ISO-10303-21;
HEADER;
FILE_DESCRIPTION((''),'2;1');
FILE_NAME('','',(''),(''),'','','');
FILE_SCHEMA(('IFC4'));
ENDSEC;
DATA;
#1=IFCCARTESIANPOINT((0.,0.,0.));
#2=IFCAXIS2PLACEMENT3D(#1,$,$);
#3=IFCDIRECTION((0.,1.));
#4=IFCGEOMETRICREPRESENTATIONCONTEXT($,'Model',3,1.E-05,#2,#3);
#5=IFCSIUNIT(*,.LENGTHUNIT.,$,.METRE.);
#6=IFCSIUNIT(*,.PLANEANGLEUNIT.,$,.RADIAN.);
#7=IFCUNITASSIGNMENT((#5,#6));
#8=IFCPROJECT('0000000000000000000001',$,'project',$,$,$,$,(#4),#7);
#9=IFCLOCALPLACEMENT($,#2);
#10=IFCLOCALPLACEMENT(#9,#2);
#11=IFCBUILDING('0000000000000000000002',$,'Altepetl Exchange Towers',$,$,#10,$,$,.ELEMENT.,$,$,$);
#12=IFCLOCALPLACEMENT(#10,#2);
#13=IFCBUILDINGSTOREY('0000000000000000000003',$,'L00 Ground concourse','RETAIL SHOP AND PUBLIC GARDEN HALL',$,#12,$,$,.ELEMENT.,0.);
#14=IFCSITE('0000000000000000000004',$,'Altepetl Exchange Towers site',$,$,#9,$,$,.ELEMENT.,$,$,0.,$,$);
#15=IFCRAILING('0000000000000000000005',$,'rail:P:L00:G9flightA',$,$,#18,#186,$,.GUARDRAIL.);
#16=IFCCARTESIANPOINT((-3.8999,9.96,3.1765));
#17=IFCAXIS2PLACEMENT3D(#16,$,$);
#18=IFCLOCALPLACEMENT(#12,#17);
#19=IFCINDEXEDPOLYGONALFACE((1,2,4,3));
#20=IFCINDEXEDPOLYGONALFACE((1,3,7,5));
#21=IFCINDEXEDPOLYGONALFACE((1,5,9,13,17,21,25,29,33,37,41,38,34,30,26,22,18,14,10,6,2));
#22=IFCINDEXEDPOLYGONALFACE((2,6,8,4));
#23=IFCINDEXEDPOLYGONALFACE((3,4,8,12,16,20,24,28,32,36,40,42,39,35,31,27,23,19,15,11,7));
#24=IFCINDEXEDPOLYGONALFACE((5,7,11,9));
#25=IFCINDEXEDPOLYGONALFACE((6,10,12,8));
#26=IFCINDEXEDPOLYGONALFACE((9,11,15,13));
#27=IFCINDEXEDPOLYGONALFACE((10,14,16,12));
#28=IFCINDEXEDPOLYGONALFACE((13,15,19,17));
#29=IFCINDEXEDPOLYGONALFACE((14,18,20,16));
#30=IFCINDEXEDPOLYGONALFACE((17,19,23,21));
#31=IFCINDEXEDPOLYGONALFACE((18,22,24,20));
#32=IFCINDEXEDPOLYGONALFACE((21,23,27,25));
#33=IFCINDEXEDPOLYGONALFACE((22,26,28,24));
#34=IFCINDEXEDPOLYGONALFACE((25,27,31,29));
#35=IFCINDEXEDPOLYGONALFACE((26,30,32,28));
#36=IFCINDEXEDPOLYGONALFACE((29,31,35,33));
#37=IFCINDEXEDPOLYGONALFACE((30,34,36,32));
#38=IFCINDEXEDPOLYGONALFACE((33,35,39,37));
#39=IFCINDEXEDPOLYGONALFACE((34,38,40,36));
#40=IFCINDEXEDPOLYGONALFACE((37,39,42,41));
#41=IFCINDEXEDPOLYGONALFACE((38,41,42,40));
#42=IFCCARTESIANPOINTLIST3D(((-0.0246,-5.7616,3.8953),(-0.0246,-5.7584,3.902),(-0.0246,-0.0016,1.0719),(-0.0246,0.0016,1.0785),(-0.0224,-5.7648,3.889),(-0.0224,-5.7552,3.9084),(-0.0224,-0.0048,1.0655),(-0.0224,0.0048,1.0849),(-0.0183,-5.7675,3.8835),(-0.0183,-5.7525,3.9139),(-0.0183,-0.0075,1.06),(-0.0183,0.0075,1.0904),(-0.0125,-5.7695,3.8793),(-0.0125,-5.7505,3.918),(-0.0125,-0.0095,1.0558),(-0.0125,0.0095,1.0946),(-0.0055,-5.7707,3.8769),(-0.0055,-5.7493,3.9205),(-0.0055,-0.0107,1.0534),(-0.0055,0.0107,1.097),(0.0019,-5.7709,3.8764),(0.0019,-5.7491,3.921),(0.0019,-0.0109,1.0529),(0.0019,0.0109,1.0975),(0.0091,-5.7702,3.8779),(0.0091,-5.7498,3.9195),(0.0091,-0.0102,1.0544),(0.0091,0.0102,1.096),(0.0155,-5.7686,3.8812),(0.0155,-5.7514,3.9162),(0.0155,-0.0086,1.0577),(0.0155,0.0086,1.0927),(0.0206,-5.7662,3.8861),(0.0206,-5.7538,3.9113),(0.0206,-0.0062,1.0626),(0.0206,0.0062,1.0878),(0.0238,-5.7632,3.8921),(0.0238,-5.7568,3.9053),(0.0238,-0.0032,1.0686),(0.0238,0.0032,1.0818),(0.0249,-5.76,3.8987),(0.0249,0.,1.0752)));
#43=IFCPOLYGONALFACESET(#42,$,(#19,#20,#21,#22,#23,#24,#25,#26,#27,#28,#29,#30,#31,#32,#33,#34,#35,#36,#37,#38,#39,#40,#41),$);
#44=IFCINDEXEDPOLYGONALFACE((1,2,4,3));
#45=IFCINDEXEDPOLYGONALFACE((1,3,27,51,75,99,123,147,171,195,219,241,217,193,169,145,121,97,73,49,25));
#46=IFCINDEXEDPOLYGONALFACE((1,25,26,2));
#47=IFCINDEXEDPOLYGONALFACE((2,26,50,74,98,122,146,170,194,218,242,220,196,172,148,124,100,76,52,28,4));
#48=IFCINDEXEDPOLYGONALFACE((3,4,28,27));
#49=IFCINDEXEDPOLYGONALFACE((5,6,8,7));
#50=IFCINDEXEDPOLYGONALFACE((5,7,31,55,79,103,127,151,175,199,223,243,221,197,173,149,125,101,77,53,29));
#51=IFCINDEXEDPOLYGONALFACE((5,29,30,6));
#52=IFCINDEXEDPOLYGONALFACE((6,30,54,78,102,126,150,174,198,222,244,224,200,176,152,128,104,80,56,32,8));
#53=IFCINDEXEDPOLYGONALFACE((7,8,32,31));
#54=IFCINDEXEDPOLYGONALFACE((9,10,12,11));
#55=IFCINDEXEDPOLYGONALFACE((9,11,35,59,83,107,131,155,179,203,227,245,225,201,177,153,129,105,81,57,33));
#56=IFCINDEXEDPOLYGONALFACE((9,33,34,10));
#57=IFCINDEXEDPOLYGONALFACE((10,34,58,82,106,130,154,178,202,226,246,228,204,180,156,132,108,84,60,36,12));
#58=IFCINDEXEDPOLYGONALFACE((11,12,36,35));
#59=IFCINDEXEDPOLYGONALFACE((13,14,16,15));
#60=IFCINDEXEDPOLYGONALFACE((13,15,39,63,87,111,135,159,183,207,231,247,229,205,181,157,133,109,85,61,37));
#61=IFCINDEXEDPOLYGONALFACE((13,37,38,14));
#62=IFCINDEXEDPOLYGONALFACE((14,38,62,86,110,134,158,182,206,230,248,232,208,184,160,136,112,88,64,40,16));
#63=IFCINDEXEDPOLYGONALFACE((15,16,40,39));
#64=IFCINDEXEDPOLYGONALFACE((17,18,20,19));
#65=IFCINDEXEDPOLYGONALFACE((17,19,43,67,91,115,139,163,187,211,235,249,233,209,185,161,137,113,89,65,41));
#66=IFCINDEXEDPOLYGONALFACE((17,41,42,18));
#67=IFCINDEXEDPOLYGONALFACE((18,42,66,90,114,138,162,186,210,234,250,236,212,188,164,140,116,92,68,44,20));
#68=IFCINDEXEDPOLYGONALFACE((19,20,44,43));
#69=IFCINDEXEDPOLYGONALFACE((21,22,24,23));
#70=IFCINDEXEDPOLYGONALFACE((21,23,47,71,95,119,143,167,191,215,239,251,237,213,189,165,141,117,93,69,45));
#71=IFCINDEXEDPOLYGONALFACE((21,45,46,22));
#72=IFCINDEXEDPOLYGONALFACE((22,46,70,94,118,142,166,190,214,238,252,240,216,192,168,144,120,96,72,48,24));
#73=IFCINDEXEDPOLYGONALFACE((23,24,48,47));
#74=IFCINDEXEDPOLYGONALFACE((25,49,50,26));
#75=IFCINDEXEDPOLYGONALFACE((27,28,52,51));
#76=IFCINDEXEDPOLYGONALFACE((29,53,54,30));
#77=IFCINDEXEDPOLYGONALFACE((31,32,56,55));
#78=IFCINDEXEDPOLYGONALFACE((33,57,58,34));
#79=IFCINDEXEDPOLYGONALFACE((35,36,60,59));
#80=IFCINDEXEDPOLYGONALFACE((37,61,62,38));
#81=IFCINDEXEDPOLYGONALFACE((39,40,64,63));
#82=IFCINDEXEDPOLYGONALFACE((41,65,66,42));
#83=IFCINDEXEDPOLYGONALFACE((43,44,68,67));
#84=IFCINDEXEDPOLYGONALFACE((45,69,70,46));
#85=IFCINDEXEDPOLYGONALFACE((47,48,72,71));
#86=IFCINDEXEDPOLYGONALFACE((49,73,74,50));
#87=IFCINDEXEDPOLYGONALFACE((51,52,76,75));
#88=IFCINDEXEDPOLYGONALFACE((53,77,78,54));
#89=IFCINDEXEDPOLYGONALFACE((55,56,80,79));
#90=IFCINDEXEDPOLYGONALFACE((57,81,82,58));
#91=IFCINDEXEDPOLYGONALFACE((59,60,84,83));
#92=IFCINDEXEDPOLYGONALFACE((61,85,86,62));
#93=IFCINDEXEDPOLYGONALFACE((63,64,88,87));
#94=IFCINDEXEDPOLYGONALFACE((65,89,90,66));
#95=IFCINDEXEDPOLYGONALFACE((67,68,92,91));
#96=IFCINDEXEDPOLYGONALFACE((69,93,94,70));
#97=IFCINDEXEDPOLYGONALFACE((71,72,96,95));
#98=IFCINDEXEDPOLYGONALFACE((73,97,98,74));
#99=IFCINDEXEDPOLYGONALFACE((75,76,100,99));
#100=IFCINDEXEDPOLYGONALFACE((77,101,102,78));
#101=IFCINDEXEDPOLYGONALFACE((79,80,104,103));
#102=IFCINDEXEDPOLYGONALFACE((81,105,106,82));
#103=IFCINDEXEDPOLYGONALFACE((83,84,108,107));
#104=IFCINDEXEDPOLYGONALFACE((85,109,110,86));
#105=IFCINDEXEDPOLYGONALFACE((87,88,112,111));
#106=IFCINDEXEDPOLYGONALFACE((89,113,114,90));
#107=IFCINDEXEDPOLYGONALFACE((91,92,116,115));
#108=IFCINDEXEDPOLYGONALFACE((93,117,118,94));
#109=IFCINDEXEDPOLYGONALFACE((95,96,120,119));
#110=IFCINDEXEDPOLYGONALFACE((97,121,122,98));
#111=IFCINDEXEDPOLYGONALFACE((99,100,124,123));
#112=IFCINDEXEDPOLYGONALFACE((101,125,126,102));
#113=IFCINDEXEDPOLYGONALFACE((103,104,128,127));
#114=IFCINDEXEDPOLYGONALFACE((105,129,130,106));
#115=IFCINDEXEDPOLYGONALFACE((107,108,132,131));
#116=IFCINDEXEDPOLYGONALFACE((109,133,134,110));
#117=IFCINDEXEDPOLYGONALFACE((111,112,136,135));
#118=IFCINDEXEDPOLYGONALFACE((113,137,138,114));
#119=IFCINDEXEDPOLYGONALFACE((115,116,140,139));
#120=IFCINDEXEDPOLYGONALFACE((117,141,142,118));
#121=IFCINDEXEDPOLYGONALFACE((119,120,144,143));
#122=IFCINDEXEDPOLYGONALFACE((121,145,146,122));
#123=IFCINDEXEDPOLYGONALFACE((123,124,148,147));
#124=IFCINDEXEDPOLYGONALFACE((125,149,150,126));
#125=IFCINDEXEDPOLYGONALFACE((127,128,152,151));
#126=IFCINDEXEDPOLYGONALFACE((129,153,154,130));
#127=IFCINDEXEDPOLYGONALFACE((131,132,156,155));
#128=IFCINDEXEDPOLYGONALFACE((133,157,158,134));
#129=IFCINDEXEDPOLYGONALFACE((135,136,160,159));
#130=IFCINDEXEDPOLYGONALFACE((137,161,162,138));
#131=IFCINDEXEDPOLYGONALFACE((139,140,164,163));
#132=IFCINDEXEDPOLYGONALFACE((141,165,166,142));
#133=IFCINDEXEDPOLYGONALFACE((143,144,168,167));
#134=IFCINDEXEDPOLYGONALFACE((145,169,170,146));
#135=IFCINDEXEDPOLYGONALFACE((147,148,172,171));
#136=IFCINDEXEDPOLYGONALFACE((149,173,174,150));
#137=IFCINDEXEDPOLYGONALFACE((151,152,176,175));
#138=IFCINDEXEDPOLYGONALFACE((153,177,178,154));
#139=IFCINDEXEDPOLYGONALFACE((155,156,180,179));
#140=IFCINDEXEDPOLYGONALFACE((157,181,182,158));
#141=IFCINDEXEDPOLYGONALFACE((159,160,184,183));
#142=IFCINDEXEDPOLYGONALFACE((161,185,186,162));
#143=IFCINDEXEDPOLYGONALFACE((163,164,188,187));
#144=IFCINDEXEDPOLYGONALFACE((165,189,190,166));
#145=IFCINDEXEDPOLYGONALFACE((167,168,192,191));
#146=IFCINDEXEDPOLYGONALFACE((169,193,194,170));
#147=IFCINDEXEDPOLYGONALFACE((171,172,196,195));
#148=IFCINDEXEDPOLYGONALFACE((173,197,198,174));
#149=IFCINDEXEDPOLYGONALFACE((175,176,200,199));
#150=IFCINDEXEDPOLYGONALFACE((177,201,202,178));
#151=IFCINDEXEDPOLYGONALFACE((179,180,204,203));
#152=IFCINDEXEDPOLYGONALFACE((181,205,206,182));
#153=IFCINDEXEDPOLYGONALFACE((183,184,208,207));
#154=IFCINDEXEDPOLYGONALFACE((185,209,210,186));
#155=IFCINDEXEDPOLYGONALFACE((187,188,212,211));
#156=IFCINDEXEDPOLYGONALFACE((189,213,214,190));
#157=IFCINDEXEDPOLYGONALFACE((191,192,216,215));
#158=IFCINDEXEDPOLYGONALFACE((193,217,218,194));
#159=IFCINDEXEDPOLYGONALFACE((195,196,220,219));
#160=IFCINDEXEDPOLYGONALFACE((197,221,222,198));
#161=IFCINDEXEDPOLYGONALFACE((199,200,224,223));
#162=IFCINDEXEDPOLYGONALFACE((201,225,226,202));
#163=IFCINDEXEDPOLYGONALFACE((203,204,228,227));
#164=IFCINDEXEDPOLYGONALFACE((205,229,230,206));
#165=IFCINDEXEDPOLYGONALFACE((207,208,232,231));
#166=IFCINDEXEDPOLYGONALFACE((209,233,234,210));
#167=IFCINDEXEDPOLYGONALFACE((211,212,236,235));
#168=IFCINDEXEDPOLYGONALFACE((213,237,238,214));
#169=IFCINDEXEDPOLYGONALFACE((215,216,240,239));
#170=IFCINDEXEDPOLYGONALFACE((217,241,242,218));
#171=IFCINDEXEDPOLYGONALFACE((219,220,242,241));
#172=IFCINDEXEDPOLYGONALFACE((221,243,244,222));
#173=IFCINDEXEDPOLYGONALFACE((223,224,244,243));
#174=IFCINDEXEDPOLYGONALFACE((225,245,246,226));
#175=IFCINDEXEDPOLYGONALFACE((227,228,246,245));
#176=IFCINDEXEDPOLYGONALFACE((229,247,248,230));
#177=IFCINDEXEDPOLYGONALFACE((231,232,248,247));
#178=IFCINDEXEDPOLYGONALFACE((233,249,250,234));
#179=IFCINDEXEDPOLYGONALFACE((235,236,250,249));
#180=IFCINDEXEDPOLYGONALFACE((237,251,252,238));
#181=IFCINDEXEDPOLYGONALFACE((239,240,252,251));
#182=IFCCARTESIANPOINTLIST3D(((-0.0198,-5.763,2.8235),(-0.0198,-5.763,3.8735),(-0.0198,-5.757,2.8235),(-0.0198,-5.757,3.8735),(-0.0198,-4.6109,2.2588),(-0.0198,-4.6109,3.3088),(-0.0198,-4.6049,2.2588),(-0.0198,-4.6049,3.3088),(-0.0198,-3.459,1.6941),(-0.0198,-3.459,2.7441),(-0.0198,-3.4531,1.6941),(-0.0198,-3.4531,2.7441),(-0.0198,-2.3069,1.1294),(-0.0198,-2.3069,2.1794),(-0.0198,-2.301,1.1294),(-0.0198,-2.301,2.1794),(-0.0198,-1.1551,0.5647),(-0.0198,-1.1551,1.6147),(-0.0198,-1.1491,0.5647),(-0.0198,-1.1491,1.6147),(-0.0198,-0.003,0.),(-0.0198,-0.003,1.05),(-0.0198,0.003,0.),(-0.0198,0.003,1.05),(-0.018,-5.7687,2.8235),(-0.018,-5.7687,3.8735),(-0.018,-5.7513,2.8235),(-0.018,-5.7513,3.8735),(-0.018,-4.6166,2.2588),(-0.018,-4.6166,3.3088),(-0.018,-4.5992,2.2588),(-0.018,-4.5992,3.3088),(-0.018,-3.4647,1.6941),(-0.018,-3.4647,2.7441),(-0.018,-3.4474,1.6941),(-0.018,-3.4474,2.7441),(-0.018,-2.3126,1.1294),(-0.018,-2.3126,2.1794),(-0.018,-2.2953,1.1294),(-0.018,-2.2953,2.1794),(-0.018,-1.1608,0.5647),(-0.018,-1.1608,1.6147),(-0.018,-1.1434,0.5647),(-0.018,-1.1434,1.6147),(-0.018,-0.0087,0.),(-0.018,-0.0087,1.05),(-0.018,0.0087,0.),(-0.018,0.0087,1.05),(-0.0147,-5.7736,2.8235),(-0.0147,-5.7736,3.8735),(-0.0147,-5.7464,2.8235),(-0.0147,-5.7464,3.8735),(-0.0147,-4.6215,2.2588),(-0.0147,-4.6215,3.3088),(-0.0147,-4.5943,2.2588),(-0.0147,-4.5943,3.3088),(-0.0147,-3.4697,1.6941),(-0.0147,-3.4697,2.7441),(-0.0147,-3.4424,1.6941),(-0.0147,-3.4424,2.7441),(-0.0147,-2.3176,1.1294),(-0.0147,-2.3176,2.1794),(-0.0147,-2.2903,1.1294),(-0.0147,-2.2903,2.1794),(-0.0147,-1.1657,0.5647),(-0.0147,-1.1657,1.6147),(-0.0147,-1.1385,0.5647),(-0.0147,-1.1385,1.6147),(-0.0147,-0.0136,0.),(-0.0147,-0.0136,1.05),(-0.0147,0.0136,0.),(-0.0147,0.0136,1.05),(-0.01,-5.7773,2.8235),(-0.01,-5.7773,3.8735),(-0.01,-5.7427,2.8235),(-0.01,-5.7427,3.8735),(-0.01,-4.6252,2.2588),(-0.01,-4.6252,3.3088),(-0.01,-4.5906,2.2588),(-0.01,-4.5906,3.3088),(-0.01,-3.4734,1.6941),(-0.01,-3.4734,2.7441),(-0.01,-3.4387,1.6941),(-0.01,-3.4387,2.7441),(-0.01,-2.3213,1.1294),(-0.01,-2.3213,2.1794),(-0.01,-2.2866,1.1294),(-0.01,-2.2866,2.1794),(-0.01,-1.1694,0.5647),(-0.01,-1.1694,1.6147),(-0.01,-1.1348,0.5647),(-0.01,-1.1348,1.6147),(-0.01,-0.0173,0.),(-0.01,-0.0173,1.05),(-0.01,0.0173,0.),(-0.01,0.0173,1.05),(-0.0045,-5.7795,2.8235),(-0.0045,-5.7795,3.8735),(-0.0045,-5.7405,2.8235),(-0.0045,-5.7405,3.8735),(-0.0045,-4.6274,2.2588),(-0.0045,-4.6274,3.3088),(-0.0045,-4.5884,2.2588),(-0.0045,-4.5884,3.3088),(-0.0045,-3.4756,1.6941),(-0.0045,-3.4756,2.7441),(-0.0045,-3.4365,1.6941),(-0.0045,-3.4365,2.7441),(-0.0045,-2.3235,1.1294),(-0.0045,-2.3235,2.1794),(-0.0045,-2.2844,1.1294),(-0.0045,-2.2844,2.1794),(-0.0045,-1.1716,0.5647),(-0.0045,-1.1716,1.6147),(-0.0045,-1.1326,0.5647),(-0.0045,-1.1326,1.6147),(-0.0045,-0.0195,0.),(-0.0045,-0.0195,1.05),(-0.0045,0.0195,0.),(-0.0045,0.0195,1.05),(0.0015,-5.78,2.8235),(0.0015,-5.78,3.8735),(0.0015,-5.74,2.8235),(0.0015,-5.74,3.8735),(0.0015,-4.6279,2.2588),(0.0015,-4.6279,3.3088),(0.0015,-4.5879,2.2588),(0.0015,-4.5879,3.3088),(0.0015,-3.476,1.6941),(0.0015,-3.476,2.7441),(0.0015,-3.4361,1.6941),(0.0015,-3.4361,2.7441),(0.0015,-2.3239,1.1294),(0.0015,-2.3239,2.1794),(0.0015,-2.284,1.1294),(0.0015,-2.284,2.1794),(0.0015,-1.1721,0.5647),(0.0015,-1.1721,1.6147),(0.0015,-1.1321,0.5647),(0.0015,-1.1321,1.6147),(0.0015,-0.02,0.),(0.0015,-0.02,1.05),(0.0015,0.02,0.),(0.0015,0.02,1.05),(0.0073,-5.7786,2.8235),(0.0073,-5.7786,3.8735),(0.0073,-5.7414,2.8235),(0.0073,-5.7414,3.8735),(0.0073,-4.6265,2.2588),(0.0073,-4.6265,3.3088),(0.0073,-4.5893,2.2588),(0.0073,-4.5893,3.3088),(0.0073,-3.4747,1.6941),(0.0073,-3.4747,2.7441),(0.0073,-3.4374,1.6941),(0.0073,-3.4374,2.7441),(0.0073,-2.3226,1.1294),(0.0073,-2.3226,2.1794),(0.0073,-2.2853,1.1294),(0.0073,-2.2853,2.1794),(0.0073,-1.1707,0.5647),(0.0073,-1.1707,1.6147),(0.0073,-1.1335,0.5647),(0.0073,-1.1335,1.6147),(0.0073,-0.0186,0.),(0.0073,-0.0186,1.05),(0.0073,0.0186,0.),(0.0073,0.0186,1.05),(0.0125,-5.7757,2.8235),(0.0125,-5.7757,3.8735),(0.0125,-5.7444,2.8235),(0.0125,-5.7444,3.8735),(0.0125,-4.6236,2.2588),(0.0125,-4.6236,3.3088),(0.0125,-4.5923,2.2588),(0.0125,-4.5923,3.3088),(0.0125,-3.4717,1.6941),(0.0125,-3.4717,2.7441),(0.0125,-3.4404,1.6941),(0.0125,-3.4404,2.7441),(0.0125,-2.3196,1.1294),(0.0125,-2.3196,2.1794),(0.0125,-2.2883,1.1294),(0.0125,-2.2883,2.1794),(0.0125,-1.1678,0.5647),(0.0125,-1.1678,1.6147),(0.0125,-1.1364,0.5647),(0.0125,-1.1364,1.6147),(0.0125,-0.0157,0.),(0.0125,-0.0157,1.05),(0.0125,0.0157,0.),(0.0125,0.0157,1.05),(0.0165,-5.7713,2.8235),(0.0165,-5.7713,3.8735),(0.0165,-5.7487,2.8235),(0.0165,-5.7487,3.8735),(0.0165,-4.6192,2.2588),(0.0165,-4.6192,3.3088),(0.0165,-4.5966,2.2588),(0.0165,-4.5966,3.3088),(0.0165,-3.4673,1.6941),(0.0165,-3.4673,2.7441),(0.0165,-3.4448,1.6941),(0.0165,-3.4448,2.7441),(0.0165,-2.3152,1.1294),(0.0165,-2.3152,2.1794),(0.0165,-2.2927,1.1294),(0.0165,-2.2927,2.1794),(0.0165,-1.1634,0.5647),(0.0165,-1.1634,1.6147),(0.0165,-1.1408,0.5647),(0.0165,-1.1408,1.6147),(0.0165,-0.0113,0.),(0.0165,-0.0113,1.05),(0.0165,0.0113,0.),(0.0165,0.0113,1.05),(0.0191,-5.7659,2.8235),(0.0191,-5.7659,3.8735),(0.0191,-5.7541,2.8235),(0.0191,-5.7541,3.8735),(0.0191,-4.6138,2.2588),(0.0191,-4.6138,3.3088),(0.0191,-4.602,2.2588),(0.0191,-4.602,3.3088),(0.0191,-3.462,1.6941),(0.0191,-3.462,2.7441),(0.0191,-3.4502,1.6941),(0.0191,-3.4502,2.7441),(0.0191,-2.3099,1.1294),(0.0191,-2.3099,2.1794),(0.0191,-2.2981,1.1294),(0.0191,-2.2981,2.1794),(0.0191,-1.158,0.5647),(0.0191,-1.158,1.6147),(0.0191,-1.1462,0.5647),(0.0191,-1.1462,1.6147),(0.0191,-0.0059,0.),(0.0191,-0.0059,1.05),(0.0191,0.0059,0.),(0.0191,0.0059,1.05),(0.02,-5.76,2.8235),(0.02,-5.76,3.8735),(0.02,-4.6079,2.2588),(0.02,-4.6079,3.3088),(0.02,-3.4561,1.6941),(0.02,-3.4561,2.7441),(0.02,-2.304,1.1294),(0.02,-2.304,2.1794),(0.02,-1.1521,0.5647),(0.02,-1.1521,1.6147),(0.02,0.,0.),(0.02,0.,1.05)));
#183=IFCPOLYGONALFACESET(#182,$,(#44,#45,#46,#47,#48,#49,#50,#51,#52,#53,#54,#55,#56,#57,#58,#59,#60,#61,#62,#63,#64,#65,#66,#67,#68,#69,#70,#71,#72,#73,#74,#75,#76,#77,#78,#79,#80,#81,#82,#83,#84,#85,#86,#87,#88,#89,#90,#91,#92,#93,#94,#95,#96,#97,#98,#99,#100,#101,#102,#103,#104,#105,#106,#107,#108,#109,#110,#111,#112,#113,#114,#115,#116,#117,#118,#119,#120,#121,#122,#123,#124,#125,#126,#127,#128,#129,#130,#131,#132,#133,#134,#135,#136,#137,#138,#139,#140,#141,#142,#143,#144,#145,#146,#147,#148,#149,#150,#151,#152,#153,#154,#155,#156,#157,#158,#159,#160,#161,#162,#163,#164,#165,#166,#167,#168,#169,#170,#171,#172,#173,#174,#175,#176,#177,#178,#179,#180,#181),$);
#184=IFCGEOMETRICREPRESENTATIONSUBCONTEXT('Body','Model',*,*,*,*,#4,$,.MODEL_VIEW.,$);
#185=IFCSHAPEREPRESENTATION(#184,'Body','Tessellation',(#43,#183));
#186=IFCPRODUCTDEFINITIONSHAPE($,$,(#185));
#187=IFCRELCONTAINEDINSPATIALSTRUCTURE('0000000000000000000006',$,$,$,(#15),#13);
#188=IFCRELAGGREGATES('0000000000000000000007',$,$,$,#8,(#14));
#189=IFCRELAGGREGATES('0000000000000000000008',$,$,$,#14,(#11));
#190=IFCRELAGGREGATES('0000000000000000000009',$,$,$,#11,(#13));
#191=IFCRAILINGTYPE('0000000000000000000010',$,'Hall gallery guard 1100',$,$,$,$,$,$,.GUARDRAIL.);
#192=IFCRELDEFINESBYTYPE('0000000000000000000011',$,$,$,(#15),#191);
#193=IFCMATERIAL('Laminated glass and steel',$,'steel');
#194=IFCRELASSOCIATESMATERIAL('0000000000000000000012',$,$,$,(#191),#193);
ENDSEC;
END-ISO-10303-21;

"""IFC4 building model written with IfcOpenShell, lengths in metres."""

from ifc_helpers import new_model, si_unit, direction, frame, origin, origin_2d, place, context, subcontext, project, spatial, circle, extrude, source, transform, mapped, material, type_object, element, save


model = new_model("IFC4")

# Units and contexts
model_context = context("Model", 3, precision=1e-05, world=origin(), true_north=direction((0.0, 1.0)))
body_context = subcontext(model_context, "Body", "Model", "MODEL_VIEW")
ifc_project = project(units=[si_unit("LENGTHUNIT", "METRE"), si_unit("PLANEANGLEUNIT", "RADIAN")], contexts=[model_context])

# Site, building, storey
site_placement = place(None, origin())
site = spatial("IfcSite", under=ifc_project, at=site_placement, Name="Altepetl Exchange Towers site", CompositionType="ELEMENT", RefElevation=0.0)
building_placement = place(site_placement, origin())
building = spatial("IfcBuilding", under=site, at=building_placement, Name="Altepetl Exchange Towers", CompositionType="ELEMENT")
storey_placement = place(building_placement, origin())
storey = spatial("IfcBuildingStorey", under=building, at=storey_placement, Name="L00 Ground concourse", Description="RETAIL SHOP AND PUBLIC GARDEN HALL", CompositionType="ELEMENT", Elevation=0.0)

# Railing
ifc_material_1 = material(Name="Laminated glass and steel", Category="steel")
railing_type = type_object("IfcRailingType", Name="Hall gallery guard 1100", PredefinedType="GUARDRAIL", material=ifc_material_1)
shared_shape = source(origin(), body_context, "Body", "SweptSolid", [
    extrude(circle(Radius=0.02, at=origin_2d()), origin(), (0.0, 0.0, 1.0), 1.05),
])
railing_1_placement = place(storey_placement, frame((-3.8999, 9.96, 3.1765)))
element("IfcRailing", 1, at=railing_1_placement, inside=storey, type_object=railing_type, Name="rail:P:L00:G9flightA", PredefinedType="GUARDRAIL", context=body_context, shape_type="SweptSolid", body=[
    extrude(circle(Radius=0.0249, at=origin_2d()), frame((0.0, 0.0, 1.0752), z_axis=(0.0, -0.897924, 0.440151), x_axis=(1.0, 0.0, 0.0)), (0.0, 0.0, 1.0), 6.4148),
    mapped(shared_shape, transform((0.0, 0.0, 0.0))),
    mapped(shared_shape, transform((0.0, -1.1521, 0.5647))),
    mapped(shared_shape, transform((0.0, -2.304, 1.1294))),
    mapped(shared_shape, transform((0.0, -3.4561, 1.6941))),
    mapped(shared_shape, transform((0.0, -4.6079, 2.2588))),
    mapped(shared_shape, transform((0.0, -5.76, 2.8235))),
])

save(model, "model.ifc")
